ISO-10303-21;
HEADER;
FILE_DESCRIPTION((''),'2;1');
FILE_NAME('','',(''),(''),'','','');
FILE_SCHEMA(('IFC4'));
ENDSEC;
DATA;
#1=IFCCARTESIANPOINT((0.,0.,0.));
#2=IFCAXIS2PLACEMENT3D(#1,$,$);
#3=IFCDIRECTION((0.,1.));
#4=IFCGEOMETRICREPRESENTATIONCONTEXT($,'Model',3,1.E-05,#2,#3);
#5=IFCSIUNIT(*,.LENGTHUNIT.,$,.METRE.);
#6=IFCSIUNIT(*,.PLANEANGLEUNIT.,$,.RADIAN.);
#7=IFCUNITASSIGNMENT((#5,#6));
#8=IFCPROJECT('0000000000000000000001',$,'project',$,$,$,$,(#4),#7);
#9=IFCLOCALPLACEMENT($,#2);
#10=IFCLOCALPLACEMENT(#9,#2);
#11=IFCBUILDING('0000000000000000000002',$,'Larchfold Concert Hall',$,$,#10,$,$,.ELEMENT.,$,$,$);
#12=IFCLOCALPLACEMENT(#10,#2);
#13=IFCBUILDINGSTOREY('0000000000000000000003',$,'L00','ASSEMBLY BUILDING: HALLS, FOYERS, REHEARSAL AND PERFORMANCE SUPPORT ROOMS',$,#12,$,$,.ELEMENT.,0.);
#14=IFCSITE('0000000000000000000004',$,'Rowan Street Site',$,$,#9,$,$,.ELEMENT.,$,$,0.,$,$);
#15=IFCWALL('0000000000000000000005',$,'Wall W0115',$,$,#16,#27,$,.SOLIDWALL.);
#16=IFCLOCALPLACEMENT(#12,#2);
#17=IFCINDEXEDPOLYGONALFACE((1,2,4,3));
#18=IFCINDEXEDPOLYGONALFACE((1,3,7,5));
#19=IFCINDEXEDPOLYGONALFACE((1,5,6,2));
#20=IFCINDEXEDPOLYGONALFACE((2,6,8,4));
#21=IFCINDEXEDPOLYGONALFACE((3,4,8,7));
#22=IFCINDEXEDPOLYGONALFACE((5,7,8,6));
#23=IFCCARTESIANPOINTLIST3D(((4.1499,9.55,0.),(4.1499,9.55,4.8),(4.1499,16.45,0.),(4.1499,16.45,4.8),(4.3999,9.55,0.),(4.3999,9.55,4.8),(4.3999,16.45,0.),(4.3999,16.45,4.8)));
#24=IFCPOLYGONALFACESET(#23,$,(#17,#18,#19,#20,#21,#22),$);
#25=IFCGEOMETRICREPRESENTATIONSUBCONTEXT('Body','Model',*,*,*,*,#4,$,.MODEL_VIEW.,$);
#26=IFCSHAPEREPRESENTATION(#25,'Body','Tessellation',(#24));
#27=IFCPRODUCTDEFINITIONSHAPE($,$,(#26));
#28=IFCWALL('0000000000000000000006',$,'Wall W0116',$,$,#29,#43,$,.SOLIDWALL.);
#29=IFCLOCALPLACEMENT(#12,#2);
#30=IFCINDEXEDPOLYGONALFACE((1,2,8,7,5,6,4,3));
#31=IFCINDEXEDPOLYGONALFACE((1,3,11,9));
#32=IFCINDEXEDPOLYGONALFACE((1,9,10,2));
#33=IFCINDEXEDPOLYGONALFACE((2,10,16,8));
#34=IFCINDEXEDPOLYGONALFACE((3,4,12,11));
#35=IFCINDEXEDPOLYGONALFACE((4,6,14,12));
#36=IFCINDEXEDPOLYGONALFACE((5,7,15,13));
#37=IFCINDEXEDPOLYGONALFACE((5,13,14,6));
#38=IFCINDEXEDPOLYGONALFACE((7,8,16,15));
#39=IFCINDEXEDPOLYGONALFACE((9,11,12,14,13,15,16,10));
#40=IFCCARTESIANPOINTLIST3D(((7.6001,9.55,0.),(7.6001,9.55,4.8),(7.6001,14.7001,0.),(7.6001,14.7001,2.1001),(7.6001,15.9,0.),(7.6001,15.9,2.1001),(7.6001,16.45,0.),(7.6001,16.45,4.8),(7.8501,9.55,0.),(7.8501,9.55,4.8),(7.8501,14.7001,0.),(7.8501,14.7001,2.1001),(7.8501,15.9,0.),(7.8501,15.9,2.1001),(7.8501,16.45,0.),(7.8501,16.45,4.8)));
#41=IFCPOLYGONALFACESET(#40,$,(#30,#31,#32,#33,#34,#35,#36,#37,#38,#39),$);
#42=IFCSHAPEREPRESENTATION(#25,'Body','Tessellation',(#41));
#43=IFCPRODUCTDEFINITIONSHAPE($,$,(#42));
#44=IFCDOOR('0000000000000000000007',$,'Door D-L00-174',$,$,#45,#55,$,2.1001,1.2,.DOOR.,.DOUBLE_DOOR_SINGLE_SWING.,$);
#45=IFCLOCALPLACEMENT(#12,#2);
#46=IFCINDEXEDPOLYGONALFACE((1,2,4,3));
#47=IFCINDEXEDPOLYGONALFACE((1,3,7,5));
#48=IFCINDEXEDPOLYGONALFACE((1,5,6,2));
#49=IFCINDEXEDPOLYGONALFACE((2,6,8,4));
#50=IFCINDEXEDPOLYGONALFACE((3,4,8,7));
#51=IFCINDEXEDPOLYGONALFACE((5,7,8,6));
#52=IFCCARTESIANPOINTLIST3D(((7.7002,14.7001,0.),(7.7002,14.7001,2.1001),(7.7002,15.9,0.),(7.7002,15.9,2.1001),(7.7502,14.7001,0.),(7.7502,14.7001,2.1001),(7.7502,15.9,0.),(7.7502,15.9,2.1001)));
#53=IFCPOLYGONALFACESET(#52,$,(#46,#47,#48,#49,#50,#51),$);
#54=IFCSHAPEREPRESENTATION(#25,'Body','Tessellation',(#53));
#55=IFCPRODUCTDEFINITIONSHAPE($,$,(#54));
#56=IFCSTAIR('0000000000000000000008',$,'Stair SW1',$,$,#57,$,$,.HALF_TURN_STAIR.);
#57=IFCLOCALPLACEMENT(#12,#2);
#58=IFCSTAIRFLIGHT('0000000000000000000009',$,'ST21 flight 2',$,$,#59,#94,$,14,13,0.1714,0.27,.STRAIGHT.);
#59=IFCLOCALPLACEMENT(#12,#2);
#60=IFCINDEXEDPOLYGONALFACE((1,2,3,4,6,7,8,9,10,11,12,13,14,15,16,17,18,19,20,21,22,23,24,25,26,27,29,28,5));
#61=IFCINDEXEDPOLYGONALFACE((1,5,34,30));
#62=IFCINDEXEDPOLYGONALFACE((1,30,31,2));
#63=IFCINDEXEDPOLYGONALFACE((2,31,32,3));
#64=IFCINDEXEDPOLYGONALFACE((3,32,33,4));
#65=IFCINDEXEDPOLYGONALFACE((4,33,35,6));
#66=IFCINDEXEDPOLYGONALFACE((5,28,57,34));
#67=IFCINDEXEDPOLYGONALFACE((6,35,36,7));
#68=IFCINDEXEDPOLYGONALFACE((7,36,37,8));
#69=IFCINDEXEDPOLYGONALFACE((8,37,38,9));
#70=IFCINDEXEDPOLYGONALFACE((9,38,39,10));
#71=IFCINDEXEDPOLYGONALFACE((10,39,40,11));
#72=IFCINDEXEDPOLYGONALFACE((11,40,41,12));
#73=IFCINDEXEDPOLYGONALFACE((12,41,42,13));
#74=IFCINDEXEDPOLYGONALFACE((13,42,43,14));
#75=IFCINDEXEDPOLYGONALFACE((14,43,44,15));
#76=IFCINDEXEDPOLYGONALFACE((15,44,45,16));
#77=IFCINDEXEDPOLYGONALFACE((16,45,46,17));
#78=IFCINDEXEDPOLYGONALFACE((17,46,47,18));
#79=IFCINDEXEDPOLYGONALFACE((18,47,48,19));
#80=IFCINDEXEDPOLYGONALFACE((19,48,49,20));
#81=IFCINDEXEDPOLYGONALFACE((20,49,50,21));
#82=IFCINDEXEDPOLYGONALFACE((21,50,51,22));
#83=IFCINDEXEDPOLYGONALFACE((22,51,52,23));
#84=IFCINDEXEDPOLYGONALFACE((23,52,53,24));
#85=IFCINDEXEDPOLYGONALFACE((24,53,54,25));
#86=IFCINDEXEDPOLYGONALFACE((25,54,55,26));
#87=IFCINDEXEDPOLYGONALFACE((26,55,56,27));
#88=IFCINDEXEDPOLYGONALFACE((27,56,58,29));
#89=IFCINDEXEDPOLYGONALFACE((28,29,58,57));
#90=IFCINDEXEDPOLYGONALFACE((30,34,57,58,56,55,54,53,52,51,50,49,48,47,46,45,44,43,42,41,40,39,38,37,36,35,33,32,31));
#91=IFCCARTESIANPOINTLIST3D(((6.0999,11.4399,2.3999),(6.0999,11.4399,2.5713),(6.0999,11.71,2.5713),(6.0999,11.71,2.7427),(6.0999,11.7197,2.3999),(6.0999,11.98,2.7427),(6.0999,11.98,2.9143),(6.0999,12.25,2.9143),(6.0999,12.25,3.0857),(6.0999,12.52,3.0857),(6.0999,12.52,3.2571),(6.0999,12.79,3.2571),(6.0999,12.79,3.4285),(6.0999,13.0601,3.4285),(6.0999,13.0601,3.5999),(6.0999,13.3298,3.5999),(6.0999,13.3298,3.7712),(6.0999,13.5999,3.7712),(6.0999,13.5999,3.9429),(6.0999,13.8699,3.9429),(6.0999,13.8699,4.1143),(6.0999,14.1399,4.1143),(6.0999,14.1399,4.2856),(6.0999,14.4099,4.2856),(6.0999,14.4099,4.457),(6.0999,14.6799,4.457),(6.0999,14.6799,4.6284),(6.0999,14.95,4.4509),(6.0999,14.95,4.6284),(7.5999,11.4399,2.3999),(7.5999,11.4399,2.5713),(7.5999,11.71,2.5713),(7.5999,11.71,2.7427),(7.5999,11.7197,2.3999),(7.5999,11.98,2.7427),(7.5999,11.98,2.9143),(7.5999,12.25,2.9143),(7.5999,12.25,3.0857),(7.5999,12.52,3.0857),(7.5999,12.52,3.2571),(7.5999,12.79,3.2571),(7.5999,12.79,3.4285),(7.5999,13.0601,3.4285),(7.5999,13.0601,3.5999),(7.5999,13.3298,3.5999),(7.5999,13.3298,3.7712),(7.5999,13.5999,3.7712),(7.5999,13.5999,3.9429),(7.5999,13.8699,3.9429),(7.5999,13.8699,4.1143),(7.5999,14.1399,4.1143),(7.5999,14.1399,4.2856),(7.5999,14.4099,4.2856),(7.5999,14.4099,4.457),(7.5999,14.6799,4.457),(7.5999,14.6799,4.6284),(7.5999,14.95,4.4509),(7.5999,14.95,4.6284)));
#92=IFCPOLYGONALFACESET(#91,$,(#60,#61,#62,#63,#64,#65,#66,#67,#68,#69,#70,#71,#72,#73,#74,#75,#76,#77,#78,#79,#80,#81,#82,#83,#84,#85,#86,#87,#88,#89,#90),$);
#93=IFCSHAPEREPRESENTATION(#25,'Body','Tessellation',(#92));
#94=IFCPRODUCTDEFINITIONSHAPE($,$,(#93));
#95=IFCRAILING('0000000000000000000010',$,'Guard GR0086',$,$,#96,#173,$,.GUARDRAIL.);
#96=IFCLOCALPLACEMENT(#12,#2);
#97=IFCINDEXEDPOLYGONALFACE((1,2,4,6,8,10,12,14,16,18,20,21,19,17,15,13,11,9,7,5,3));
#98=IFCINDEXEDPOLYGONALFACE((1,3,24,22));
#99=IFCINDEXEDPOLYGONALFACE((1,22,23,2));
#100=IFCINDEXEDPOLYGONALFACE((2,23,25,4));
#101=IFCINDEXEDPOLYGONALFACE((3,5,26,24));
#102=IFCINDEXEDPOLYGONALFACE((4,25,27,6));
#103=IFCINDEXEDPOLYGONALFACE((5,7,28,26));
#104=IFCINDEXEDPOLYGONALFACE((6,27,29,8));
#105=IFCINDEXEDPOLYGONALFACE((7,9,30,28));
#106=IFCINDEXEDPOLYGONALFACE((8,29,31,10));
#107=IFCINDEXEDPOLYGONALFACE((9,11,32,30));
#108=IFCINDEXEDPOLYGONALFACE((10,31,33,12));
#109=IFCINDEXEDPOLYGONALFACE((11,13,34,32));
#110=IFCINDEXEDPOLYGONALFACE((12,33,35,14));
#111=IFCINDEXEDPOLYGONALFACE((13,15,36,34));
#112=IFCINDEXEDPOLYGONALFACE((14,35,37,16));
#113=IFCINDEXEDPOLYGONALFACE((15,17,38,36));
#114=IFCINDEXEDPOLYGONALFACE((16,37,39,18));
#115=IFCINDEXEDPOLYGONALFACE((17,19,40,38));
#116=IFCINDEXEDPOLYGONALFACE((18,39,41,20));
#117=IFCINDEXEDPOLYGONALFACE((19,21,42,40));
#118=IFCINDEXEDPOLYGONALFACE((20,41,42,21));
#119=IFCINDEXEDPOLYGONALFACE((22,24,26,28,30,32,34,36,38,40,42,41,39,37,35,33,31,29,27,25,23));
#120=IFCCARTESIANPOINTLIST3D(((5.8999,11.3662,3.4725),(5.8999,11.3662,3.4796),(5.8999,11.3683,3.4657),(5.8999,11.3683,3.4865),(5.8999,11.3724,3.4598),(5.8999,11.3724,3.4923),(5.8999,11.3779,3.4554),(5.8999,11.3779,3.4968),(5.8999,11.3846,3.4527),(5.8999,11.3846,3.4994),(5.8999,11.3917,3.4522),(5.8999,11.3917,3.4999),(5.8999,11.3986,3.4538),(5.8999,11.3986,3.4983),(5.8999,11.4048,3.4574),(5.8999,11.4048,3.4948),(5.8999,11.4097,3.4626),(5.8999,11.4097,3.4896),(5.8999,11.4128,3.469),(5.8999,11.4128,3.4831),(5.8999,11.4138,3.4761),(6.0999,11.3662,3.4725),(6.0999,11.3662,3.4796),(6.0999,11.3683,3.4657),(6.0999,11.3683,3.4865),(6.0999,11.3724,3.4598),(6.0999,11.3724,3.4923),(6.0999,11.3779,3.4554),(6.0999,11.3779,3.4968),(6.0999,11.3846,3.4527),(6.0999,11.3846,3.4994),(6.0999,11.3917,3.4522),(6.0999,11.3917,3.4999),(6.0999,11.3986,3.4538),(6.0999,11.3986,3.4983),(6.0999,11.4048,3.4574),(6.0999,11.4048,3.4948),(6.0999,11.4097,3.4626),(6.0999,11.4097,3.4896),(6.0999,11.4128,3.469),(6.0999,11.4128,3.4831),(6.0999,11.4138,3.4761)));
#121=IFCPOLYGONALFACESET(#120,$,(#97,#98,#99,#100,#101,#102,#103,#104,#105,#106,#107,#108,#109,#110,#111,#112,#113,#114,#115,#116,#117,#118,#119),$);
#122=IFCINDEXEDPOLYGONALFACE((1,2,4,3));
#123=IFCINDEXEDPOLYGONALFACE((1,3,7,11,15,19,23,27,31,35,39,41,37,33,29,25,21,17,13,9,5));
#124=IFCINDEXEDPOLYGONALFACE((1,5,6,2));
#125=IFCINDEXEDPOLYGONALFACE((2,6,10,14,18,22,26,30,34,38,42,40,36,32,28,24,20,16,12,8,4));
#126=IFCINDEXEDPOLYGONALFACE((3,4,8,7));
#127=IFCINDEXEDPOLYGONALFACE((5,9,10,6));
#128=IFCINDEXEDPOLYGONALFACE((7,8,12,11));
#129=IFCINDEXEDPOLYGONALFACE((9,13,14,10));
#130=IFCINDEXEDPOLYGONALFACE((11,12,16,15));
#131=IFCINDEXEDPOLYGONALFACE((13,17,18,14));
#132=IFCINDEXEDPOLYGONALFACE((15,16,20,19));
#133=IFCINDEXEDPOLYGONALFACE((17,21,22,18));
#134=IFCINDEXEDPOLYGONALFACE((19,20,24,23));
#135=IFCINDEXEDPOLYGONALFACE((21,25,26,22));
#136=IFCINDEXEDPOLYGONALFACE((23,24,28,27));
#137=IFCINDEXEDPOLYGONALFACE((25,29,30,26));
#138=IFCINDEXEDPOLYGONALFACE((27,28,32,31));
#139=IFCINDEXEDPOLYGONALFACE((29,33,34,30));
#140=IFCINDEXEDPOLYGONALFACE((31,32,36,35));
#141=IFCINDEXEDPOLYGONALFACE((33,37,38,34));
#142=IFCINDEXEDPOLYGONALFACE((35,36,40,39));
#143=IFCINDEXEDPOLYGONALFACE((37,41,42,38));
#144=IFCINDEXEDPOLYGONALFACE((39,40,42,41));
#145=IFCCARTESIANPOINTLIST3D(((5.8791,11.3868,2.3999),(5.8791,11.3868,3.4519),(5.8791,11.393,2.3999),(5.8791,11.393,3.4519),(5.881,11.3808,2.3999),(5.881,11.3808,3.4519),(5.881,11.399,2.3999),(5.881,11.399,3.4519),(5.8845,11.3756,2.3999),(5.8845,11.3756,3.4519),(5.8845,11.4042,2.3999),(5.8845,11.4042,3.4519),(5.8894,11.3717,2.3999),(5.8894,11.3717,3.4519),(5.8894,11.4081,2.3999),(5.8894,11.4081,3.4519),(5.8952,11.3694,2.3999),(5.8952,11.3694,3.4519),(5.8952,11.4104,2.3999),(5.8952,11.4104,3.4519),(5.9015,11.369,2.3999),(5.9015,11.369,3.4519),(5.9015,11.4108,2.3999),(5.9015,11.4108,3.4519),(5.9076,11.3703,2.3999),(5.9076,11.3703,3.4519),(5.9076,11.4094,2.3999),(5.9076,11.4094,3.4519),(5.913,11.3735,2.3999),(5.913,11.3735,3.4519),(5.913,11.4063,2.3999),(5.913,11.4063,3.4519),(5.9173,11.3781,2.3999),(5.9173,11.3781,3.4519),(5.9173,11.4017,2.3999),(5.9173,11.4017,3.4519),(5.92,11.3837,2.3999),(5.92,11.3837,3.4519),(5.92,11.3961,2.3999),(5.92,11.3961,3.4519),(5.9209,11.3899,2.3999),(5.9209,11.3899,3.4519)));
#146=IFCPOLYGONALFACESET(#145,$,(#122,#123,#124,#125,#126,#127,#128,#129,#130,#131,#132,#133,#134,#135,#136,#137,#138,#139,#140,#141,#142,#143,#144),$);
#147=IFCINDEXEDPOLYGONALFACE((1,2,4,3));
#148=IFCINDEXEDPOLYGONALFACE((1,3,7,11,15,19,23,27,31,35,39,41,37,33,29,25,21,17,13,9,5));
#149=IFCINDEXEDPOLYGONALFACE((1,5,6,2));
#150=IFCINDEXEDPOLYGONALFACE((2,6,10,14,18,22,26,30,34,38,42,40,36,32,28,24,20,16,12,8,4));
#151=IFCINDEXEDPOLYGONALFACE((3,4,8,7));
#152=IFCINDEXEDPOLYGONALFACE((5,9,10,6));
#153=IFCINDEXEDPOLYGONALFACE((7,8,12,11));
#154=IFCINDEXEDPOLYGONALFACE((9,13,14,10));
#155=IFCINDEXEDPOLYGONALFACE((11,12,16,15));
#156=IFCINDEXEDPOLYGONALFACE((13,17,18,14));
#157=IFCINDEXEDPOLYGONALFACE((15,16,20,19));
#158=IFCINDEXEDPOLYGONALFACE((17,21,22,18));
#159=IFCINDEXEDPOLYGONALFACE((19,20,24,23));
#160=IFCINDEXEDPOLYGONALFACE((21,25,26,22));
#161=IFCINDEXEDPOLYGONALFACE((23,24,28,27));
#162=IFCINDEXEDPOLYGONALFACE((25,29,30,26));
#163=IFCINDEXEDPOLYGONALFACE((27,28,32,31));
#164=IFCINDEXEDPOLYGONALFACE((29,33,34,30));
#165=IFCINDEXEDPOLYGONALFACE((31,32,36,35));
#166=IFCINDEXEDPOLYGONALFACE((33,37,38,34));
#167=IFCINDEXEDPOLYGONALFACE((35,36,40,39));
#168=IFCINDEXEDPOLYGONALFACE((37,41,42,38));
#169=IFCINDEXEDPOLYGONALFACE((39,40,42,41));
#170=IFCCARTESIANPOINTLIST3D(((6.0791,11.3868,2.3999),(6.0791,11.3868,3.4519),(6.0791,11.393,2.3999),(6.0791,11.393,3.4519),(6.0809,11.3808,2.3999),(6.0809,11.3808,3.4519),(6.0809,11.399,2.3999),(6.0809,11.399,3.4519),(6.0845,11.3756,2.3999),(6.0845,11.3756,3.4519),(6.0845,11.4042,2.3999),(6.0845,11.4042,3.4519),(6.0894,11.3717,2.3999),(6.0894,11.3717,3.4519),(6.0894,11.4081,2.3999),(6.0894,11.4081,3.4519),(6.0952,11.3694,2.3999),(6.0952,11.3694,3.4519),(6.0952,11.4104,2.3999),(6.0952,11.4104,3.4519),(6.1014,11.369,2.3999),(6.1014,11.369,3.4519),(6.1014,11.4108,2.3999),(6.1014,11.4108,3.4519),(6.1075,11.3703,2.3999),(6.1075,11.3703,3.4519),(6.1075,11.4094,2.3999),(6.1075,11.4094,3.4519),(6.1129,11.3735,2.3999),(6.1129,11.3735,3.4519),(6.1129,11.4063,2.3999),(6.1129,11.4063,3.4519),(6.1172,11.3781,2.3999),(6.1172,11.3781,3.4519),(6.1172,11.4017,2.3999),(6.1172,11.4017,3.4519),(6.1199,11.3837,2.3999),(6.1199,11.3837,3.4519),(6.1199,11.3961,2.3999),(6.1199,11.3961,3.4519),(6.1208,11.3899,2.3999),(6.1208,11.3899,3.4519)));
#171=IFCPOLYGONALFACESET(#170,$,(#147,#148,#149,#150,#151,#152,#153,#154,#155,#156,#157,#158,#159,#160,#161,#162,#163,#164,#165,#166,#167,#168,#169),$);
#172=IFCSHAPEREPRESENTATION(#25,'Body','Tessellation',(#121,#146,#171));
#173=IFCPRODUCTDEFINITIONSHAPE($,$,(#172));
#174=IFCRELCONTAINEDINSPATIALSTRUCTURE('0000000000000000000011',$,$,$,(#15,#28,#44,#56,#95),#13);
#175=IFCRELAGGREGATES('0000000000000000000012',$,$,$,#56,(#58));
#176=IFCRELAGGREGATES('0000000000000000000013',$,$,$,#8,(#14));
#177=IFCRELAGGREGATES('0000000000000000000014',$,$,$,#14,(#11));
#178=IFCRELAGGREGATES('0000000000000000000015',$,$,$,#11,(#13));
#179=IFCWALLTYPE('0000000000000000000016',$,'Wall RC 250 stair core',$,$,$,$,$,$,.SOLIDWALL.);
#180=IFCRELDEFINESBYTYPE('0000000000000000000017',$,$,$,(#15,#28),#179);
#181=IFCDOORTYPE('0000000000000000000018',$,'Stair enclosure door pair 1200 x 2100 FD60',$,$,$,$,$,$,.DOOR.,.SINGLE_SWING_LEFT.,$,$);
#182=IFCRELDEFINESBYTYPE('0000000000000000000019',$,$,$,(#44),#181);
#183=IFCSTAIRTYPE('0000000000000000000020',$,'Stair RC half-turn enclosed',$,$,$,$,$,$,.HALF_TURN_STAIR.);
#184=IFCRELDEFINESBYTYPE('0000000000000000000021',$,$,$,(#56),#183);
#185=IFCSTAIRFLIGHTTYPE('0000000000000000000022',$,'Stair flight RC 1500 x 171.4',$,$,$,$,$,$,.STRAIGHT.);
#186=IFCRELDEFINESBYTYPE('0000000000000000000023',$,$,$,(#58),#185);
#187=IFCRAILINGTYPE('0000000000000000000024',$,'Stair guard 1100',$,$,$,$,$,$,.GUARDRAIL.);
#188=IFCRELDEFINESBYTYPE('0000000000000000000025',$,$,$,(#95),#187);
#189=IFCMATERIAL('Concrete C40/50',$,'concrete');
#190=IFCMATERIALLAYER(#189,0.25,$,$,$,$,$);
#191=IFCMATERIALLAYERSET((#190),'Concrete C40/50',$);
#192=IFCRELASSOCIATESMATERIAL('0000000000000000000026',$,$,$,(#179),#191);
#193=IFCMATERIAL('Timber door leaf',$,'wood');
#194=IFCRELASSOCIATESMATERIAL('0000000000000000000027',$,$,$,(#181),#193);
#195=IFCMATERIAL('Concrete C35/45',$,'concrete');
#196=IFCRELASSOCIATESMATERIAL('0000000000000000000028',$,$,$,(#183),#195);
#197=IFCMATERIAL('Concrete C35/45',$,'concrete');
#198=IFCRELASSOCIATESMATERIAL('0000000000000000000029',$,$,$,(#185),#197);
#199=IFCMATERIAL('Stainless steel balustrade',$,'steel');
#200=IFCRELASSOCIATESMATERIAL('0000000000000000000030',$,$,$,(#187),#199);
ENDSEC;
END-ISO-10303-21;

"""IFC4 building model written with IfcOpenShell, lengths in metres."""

from ifc_helpers import new_model, si_unit, direction, frame, frame_2d, origin, origin_2d, place, context, subcontext, project, spatial, polyline, rectangle, circle, outline, extrude, material, layer, layer_set, type_object, element, fill, aggregate, save


model = new_model("IFC4")

# Units and contexts
model_context = context("Model", 3, precision=1e-05, world=origin(), true_north=direction((0.0, 1.0)))
body_context = subcontext(model_context, "Body", "Model", "MODEL_VIEW")
ifc_project = project(units=[si_unit("LENGTHUNIT", "METRE"), si_unit("PLANEANGLEUNIT", "RADIAN")], contexts=[model_context])

# Site, building, storey
site_placement = place(None, origin())
site = spatial("IfcSite", under=ifc_project, at=site_placement, Name="Rowan Street Site", CompositionType="ELEMENT", RefElevation=0.0)
building_placement = place(site_placement, origin())
building = spatial("IfcBuilding", under=site, at=building_placement, Name="Larchfold Concert Hall", CompositionType="ELEMENT")
storey_placement = place(building_placement, origin())
storey = spatial("IfcBuildingStorey", under=building, at=storey_placement, Name="L00", Description="ASSEMBLY BUILDING: HALLS, FOYERS, REHEARSAL AND PERFORMANCE SUPPORT ROOMS", CompositionType="ELEMENT", Elevation=0.0)

# Wall
ifc_material_1 = material(Name="Concrete C40/50", Category="concrete")
ifc_layer_1 = layer(ifc_material_1, 0.25)
ifc_layer_set_1 = layer_set([ifc_layer_1], Name="Concrete C40/50")
wall_type_1 = type_object("IfcWallType", Name="Wall RC 250 stair core", PredefinedType="SOLIDWALL", material=ifc_layer_set_1)
wall_1_placement = place(storey_placement, frame((4.2749, 9.55, 0.0), z_axis=(0.0, 0.0, 1.0), x_axis=(0.0, 1.0, 0.0)))
element("IfcWall", 1, at=wall_1_placement, inside=storey, type_object=wall_type_1, Name="Wall W0115", PredefinedType="SOLIDWALL", context=body_context, shape_type="SweptSolid", body=[
    extrude(rectangle(XDim=6.8999, YDim=0.25, at=frame_2d((3.45, 0.0))), origin(), (0.0, 0.0, 1.0), 4.8),
])

# Wall, opening, door
wall_2_placement = place(storey_placement, frame((7.7251, 9.55, 0.0), z_axis=(0.0, 0.0, 1.0), x_axis=(0.0, 1.0, 0.0)))
wall_2 = element("IfcWall", 2, at=wall_2_placement, inside=storey, type_object=wall_type_1, Name="Wall W0116", PredefinedType="SOLIDWALL", context=body_context, shape_type="SweptSolid", body=[
    extrude(rectangle(XDim=6.8999, YDim=0.25, at=frame_2d((3.45, 0.0))), origin(), (0.0, 0.0, 1.0), 4.8),
])
opening_1_placement = place(wall_2_placement, frame((5.1499, 0.0, 0.0)))
opening_1 = element("IfcOpeningElement", 3, at=opening_1_placement, cuts=wall_2, PredefinedType="OPENING", context=body_context, shape_type="SweptSolid", body=[
    extrude(rectangle(XDim=1.2, YDim=2.1001, at=frame_2d((0.6001, 1.05))), frame((0.0, 0.135, 0.0), z_axis=(0.0, -1.0, 0.0), x_axis=(1.0, 0.0, 0.0)), (0.0, 0.0, 1.0), 0.27),
])
ifc_material_2 = material(Name="Timber door leaf", Category="wood")
door_type_1 = type_object("IfcDoorType", Name="Stair enclosure door pair 1200 x 2100 FD60", OperationType="SINGLE_SWING_LEFT", PredefinedType="DOOR", material=ifc_material_2)
door_1_placement = place(opening_1_placement, origin())
door_1 = element("IfcDoor", 4, at=door_1_placement, inside=storey, type_object=door_type_1, Name="Door D-L00-174", OperationType="DOUBLE_DOOR_SINGLE_SWING", OverallHeight=2.1001, OverallWidth=1.2, PredefinedType="DOOR", context=body_context, shape_type="SweptSolid", body=[
    extrude(rectangle(XDim=1.2, YDim=2.1001, at=frame_2d((0.6001, 1.05))), frame((0.0, 0.0249, 0.0), z_axis=(0.0, -1.0, 0.0), x_axis=(1.0, 0.0, 0.0)), (0.0, 0.0, 1.0), 0.05),
])
fill(opening_1, door_1)

# Stair, stair flight
ifc_material_3 = material(Name="Concrete C35/45", Category="concrete")
stair_type = type_object("IfcStairType", Name="Stair RC half-turn enclosed", PredefinedType="HALF_TURN_STAIR", material=ifc_material_3)
stair_placement = place(storey_placement, origin())
stair = element("IfcStair", 5, at=stair_placement, inside=storey, type_object=stair_type, Name="Stair SW1", PredefinedType="HALF_TURN_STAIR")
ifc_material_4 = material(Name="Concrete C35/45", Category="concrete")
stair_flight_type = type_object("IfcStairFlightType", Name="Stair flight RC 1500 x 171.4", PredefinedType="STRAIGHT", material=ifc_material_4)
stair_flight_placement = place(storey_placement, frame((6.8499, 11.4399, 2.3999), z_axis=(0.0, 0.0, 1.0), x_axis=(0.0, 1.0, 0.0)))
stair_flight = element("IfcStairFlight", 6, at=stair_flight_placement, type_object=stair_flight_type, Name="ST21 flight 2", NumberOfRisers=14, NumberOfTreads=13, PredefinedType="STRAIGHT", RiserHeight=0.1714, TreadLength=0.27, context=body_context, shape_type="SweptSolid", body=[
    extrude(outline(polyline([(0.0, 0.0), (0.0, 0.1714), (0.27, 0.1714), (0.27, 0.3428), (0.54, 0.3428), (0.54, 0.5144), (0.8101, 0.5144), (0.8101, 0.6858), (1.0801, 0.6858), (1.0801, 0.8572), (1.3501, 0.8572), (1.3501, 1.0286), (1.6201, 1.0286), (1.6201, 1.2), (1.8899, 1.2), (1.8899, 1.3713), (2.1599, 1.3713), (2.1599, 1.543), (2.4299, 1.543), (2.4299, 1.7144), (2.7, 1.7144), (2.7, 1.8857), (2.97, 1.8857), (2.97, 2.0571), (3.24, 2.0571), (3.24, 2.2285), (3.51, 2.2285), (3.51, 2.3999), (3.51, 2.051), (0.2798, 0.0), (0.0, 0.0)])), frame((0.0, 0.75, 0.0), z_axis=(0.0, -1.0, 0.0), x_axis=(1.0, 0.0, 0.0)), (0.0, 0.0, 1.0), 1.5),
])
aggregate(stair, [stair_flight])

# Railing
ifc_material_5 = material(Name="Stainless steel balustrade", Category="steel")
railing_type_1 = type_object("IfcRailingType", Name="Stair guard 1100", PredefinedType="GUARDRAIL", material=ifc_material_5)
railing_1_placement = place(storey_placement, frame((5.8999, 11.3899, 2.3999)))
element("IfcRailing", 7, at=railing_1_placement, inside=storey, type_object=railing_type_1, Name="Guard GR0086", PredefinedType="GUARDRAIL", context=body_context, shape_type="SweptSolid", body=[
    extrude(circle(Radius=0.0239, at=origin_2d()), frame((0.0, 0.0, 1.0762), z_axis=(1.0, 0.0, 0.0), x_axis=(0.0, 1.0, 0.0)), (0.0, 0.0, 1.0), 0.2),
    extrude(circle(Radius=0.021, at=origin_2d()), origin(), (0.0, 0.0, 1.0), 1.052),
    extrude(circle(Radius=0.021, at=origin_2d()), frame((0.2, 0.0, 0.0)), (0.0, 0.0, 1.0), 1.052),
])

save(model, "model.ifc")
